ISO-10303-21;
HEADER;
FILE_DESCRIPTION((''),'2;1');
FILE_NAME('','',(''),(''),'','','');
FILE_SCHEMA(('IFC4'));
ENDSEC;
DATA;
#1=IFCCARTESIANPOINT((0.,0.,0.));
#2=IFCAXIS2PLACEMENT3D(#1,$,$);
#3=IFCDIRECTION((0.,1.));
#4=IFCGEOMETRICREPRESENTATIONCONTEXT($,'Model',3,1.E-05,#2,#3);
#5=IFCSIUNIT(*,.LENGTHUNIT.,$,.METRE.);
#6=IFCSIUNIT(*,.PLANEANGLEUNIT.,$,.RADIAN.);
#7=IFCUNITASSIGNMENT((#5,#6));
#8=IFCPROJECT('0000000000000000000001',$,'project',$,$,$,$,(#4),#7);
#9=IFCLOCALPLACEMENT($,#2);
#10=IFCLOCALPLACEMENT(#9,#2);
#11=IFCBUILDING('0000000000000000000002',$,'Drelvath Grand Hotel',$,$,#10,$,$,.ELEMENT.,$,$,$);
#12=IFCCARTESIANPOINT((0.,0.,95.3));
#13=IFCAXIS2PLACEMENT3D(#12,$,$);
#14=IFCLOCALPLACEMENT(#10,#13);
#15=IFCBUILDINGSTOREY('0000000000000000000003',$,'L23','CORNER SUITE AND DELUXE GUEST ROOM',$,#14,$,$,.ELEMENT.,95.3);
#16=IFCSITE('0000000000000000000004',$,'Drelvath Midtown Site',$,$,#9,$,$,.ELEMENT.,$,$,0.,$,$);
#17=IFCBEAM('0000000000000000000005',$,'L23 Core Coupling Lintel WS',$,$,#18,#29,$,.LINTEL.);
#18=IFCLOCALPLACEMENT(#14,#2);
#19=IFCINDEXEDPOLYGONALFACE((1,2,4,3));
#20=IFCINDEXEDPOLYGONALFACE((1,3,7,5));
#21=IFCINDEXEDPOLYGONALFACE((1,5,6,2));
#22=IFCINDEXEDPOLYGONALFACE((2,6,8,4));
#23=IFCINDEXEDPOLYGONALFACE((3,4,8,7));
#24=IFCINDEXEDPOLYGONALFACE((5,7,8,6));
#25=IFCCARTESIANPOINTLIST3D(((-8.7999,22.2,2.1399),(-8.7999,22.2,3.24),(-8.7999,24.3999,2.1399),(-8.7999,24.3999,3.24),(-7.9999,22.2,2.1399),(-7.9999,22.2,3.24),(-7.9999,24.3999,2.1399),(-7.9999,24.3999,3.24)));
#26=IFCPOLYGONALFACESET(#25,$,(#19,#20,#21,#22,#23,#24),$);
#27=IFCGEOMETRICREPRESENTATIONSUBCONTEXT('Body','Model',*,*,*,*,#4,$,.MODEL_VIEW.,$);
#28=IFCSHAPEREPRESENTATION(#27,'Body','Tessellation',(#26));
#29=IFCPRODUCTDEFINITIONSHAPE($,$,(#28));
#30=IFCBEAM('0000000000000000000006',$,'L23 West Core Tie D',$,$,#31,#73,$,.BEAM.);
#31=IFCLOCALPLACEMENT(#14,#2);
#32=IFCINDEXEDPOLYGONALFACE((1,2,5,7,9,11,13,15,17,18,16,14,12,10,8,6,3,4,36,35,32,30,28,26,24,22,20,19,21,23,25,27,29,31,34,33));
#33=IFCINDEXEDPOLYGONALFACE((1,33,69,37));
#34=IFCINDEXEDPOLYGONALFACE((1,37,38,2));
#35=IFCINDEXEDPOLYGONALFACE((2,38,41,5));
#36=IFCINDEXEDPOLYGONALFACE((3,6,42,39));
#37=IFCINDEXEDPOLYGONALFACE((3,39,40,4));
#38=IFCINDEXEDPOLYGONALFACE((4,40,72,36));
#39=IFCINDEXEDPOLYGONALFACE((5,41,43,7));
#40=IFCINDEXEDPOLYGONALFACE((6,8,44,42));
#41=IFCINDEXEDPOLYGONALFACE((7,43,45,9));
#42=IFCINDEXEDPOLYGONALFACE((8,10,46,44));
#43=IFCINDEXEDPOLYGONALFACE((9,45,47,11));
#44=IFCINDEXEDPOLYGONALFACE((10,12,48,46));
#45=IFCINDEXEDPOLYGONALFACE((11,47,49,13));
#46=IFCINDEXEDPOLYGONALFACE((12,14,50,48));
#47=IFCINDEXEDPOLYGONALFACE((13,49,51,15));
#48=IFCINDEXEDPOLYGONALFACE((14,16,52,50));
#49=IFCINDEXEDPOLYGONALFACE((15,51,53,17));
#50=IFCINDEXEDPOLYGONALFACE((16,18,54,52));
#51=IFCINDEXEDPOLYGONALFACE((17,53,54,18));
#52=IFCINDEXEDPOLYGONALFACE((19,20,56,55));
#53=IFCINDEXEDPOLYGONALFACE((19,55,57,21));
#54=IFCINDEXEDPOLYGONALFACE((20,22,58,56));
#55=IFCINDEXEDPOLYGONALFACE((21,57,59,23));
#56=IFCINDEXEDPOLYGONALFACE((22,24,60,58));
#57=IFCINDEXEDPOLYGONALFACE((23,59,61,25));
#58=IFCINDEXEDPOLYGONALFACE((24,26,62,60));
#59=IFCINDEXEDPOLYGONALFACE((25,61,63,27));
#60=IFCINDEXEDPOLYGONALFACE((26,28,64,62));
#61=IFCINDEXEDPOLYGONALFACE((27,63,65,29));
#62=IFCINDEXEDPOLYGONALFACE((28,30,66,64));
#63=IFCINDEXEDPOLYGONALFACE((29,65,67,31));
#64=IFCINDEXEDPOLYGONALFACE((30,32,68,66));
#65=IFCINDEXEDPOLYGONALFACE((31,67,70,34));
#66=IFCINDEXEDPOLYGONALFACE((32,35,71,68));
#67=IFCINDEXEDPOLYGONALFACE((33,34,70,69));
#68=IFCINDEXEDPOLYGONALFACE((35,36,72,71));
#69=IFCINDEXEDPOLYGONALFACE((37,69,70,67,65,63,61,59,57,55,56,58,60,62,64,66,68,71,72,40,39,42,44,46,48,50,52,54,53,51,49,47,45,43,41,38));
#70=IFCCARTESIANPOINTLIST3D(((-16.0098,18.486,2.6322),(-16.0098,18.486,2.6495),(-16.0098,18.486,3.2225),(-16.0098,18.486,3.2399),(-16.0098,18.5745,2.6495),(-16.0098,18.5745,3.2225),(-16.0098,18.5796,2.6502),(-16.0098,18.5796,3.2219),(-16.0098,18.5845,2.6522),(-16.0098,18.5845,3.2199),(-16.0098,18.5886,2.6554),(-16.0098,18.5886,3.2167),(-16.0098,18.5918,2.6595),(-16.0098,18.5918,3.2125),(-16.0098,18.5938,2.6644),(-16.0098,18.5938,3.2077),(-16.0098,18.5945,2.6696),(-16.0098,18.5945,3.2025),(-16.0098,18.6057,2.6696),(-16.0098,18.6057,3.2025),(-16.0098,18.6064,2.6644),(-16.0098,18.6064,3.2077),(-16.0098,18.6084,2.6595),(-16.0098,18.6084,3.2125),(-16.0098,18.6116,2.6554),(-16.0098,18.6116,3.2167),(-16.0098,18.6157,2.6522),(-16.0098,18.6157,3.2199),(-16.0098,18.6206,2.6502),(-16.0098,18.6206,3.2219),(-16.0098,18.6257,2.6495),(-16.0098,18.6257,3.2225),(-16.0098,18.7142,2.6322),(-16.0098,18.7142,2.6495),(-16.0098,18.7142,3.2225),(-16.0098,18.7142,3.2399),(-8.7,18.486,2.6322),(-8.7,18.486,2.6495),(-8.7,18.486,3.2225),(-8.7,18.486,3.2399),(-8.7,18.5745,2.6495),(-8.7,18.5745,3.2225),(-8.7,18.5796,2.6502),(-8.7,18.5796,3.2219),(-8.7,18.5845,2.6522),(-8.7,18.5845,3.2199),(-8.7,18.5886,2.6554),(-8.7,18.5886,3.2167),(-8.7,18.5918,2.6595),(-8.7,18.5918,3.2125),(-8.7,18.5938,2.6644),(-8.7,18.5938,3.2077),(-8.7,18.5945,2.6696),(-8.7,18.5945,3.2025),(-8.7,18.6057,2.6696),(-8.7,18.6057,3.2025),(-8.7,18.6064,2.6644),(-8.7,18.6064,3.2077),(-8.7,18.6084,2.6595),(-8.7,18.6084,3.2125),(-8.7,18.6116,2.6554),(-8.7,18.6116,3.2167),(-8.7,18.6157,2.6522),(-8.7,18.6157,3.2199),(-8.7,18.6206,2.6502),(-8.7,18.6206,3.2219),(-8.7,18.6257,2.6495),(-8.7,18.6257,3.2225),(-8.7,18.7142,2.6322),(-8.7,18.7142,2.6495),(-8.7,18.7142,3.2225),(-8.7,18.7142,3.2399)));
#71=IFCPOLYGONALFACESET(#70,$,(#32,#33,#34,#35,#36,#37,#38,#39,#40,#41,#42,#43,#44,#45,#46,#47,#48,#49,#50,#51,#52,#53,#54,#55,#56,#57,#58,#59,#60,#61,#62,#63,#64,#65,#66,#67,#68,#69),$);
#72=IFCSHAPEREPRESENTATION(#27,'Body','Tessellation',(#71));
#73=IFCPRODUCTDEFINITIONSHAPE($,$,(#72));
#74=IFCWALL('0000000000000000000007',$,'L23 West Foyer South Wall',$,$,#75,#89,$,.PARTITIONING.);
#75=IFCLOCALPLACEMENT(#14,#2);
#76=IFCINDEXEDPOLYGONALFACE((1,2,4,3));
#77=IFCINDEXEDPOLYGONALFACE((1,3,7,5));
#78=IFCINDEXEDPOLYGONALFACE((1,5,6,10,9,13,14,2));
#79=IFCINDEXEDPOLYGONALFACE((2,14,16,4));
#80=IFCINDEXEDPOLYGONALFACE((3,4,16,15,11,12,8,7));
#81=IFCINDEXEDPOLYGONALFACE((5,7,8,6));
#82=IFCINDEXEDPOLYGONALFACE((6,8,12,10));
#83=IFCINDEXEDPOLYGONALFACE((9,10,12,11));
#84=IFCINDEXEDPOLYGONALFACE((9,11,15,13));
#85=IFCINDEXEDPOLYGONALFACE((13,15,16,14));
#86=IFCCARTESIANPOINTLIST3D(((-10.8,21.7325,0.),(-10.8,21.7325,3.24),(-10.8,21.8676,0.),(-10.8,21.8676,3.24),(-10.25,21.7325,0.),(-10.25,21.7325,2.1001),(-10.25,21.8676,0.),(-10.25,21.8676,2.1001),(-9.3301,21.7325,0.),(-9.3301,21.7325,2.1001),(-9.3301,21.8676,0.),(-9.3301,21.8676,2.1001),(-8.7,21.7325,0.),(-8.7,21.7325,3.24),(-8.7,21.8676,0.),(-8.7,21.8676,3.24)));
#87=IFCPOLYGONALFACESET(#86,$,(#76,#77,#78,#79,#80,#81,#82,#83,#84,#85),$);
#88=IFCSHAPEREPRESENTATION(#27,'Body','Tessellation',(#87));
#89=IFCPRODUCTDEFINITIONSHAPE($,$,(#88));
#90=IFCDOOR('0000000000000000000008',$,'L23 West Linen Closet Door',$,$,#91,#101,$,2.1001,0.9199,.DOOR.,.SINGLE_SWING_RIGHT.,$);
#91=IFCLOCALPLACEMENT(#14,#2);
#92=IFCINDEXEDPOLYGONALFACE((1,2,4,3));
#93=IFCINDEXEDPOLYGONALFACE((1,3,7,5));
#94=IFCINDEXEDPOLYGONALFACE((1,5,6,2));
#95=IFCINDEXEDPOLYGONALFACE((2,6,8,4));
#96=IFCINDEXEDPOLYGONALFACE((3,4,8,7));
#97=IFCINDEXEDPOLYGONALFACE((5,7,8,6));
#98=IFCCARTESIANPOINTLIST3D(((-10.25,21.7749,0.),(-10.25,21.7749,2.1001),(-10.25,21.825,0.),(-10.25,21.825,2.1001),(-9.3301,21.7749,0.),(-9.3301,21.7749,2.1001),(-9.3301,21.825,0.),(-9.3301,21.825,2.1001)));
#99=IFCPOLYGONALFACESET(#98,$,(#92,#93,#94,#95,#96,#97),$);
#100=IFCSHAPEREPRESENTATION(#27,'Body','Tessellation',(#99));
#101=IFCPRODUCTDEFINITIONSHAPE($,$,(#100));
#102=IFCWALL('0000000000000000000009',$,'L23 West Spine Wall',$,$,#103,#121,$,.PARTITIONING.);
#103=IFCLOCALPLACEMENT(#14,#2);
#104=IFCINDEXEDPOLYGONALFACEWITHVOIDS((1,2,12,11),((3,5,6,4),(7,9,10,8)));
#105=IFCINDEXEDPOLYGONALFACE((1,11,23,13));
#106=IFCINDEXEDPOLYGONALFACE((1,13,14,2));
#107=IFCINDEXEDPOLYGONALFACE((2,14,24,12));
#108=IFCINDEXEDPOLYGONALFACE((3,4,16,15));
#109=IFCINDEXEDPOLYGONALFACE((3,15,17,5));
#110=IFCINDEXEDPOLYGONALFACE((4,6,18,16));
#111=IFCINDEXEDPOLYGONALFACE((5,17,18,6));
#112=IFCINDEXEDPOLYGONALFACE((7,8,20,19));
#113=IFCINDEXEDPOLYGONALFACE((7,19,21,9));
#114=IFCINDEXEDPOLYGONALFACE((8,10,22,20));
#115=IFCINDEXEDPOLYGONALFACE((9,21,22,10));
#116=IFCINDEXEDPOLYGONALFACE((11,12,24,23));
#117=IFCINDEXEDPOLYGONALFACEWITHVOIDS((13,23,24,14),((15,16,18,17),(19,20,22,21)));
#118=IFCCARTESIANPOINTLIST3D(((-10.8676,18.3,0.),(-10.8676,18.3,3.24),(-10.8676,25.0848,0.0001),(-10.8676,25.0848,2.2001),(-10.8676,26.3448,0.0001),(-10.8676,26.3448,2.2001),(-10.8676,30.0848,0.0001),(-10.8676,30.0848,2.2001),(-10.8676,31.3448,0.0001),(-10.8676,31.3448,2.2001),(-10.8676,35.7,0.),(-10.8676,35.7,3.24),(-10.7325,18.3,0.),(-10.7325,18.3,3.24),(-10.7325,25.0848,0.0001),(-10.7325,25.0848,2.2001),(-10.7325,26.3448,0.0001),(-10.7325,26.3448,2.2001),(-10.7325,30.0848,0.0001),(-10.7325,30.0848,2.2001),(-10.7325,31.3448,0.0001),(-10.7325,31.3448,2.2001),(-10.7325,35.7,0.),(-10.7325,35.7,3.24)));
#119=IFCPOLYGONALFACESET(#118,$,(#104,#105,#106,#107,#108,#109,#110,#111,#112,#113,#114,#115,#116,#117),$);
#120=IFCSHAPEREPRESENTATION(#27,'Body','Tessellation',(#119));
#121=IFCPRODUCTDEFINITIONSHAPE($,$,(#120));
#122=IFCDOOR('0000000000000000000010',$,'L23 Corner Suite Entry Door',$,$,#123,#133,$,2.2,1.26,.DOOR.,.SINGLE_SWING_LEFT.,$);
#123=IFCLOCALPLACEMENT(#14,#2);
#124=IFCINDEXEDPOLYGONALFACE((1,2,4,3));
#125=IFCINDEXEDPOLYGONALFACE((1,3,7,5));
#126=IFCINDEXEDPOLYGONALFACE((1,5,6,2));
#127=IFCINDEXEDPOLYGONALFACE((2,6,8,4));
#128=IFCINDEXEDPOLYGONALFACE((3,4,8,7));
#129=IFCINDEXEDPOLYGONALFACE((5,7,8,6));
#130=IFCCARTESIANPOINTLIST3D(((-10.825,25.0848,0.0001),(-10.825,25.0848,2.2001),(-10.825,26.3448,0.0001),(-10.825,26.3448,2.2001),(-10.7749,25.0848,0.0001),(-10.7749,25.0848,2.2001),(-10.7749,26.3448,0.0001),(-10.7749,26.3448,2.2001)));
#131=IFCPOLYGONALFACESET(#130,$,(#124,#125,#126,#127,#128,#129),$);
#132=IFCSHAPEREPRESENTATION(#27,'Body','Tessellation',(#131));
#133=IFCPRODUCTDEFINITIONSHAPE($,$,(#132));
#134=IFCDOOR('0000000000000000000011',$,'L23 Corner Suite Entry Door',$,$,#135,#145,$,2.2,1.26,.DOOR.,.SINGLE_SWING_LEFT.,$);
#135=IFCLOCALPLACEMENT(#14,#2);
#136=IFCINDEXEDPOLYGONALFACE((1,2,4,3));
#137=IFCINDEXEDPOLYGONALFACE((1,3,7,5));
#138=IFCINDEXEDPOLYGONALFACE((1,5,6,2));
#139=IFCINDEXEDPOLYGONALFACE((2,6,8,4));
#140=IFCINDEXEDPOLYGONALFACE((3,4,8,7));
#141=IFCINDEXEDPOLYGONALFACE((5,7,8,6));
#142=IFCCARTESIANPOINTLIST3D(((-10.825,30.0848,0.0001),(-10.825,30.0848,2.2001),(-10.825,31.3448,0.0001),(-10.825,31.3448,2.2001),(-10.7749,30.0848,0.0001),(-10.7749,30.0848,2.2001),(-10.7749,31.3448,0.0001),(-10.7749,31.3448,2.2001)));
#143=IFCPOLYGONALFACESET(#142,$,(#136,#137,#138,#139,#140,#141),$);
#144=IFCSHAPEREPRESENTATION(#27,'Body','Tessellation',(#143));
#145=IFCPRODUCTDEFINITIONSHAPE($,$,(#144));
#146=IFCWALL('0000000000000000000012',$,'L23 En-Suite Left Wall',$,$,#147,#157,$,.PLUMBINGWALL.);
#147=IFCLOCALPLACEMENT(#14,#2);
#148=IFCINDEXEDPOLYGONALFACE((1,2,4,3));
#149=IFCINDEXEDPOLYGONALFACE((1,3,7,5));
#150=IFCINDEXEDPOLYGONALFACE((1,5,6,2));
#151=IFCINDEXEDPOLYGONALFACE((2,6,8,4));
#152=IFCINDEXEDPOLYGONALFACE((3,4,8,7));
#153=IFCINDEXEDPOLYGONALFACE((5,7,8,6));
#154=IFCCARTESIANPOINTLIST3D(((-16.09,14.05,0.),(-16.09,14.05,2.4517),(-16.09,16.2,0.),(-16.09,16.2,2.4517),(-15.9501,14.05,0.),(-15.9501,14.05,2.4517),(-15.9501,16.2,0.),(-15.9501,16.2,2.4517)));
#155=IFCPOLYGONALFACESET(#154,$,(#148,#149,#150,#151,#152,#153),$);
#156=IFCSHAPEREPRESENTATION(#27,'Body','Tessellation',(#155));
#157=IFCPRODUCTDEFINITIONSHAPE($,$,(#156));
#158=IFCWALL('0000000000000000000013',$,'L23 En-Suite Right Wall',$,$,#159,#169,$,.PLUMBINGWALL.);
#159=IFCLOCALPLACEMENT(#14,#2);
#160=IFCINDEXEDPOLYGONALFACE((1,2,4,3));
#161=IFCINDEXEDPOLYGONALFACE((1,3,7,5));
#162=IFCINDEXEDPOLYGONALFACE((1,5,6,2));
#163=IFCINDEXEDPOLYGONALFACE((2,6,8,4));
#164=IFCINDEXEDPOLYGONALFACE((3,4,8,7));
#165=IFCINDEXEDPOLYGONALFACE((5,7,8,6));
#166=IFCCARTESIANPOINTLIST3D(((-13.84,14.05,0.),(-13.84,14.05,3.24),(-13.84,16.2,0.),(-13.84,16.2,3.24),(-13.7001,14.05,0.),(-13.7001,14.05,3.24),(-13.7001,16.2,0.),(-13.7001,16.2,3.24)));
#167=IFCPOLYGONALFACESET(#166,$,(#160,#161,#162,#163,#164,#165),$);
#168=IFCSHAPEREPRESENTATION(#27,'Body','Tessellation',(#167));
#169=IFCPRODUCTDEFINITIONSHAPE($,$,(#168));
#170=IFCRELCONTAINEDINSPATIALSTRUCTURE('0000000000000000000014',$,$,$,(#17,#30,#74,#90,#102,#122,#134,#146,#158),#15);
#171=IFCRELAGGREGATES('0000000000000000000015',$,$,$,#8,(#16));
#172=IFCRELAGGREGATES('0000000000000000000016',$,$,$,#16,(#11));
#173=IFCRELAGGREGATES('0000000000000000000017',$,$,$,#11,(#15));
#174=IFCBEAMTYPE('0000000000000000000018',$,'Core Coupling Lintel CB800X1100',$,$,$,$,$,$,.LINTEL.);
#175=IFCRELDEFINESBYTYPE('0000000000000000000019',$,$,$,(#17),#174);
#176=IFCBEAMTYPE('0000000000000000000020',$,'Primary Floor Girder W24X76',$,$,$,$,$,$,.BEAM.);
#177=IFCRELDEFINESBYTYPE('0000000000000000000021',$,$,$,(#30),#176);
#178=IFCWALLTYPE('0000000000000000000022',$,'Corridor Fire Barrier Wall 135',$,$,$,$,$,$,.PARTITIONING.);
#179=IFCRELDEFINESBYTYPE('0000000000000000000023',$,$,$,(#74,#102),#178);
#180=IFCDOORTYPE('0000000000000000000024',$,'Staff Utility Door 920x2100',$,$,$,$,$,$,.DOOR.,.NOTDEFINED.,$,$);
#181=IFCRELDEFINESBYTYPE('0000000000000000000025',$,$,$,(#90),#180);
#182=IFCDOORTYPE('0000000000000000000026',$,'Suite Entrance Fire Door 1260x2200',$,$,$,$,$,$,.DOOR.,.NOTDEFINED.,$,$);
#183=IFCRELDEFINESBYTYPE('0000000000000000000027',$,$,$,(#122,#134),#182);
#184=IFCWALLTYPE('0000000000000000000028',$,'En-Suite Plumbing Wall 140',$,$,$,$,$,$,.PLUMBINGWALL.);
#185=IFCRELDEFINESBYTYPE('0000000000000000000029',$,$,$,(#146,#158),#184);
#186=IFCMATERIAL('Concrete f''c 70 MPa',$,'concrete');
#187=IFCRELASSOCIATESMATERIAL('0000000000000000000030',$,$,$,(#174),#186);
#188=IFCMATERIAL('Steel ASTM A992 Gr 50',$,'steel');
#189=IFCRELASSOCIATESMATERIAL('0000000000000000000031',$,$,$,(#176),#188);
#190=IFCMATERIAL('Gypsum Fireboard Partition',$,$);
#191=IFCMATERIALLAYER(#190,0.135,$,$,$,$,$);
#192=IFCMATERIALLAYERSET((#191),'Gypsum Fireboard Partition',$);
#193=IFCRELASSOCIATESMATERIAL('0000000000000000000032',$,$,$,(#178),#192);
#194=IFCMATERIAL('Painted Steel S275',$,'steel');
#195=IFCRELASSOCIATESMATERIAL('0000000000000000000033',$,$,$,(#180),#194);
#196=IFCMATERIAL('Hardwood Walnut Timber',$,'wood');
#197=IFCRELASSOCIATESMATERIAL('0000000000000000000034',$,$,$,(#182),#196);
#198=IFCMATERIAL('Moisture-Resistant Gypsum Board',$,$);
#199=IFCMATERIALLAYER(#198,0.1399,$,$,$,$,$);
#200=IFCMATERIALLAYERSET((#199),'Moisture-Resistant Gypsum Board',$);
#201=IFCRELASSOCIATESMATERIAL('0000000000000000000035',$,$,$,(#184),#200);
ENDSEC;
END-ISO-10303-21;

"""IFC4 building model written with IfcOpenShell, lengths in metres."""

from ifc_helpers import new_model, si_unit, direction, frame, frame_2d, origin, origin_2d, place, context, subcontext, project, spatial, rectangle, i_section, extrude, material, layer, layer_set, material_profile, profile_set, type_object, element, fill, save


model = new_model("IFC4")

# Units and contexts
model_context = context("Model", 3, precision=1e-05, world=origin(), true_north=direction((0.0, 1.0)))
body_context = subcontext(model_context, "Body", "Model", "MODEL_VIEW")
ifc_project = project(units=[si_unit("LENGTHUNIT", "METRE"), si_unit("PLANEANGLEUNIT", "RADIAN")], contexts=[model_context])

# Site, building, storey
site_placement = place(None, origin())
site = spatial("IfcSite", under=ifc_project, at=site_placement, Name="Drelvath Midtown Site", CompositionType="ELEMENT", RefElevation=0.0)
building_placement = place(site_placement, origin())
building = spatial("IfcBuilding", under=site, at=building_placement, Name="Drelvath Grand Hotel", CompositionType="ELEMENT")
storey_placement = place(building_placement, frame((0.0, 0.0, 95.3)))
storey = spatial("IfcBuildingStorey", under=building, at=storey_placement, Name="L23", Description="CORNER SUITE AND DELUXE GUEST ROOM", CompositionType="ELEMENT", Elevation=95.3)

# Beams
ifc_material_1 = material(Name="Concrete f'c 70 MPa", Category="concrete")
ifc_material_profile_1 = material_profile(ifc_material_1, rectangle(XDim=0.8, YDim=1.1001, at=origin_2d()), Name="CB800X1100")
ifc_profile_set_1 = profile_set([ifc_material_profile_1], Name="Concrete f'c 70 MPa")
beam_type_1 = type_object("IfcBeamType", Name="Core Coupling Lintel CB800X1100", PredefinedType="LINTEL", material=ifc_profile_set_1)
beam_1_placement = place(storey_placement, frame((-8.3999, 22.2, 2.6899), z_axis=(0.0, 1.0, 0.0), x_axis=(-1.0, 0.0, 0.0)))
element("IfcBeam", 1, at=beam_1_placement, inside=storey, type_object=beam_type_1, Name="L23 Core Coupling Lintel WS", PredefinedType="LINTEL", context=body_context, shape_type="SweptSolid", body=[
    extrude(rectangle(XDim=0.8, YDim=1.1001, at=origin_2d()), origin(), (0.0, 0.0, 1.0), 2.2),
])
ifc_material_2 = material(Name="Steel ASTM A992 Gr 50", Category="steel")
ifc_material_profile_2 = material_profile(ifc_material_2, i_section(OverallWidth=0.2283, OverallDepth=0.6077, WebThickness=0.0112, FlangeThickness=0.0173, FilletRadius=0.02, at=origin_2d()), Name="W24X76")
ifc_profile_set_2 = profile_set([ifc_material_profile_2], Name="Steel ASTM A992 Gr 50")
beam_type_2 = type_object("IfcBeamType", Name="Primary Floor Girder W24X76", PredefinedType="BEAM", material=ifc_profile_set_2)
beam_2_placement = place(storey_placement, frame((-16.0098, 18.6001, 2.936), z_axis=(1.0, 0.0, 0.0), x_axis=(0.0, 1.0, 0.0)))
element("IfcBeam", 2, at=beam_2_placement, inside=storey, type_object=beam_type_2, Name="L23 West Core Tie D", PredefinedType="BEAM", context=body_context, shape_type="SweptSolid", body=[
    extrude(i_section(OverallWidth=0.2283, OverallDepth=0.6077, WebThickness=0.0112, FlangeThickness=0.0173, FilletRadius=0.02, at=origin_2d()), origin(), (0.0, 0.0, 1.0), 7.3098),
])

# Wall, opening, door
ifc_material_3 = material(Name="Gypsum Fireboard Partition")
ifc_layer_1 = layer(ifc_material_3, 0.135)
ifc_layer_set_1 = layer_set([ifc_layer_1], Name="Gypsum Fireboard Partition")
wall_type_1 = type_object("IfcWallType", Name="Corridor Fire Barrier Wall 135", PredefinedType="PARTITIONING", material=ifc_layer_set_1)
wall_1_placement = place(storey_placement, frame((-10.8, 21.8, 0.0), z_axis=(0.0, 0.0, 1.0), x_axis=(1.0, 0.0, 0.0)))
wall_1 = element("IfcWall", 3, at=wall_1_placement, inside=storey, type_object=wall_type_1, Name="L23 West Foyer South Wall", PredefinedType="PARTITIONING", context=body_context, shape_type="SweptSolid", body=[
    extrude(rectangle(XDim=2.1001, YDim=0.135, at=frame_2d((1.05, 0.0))), origin(), (0.0, 0.0, 1.0), 3.24),
])
opening_1_placement = place(wall_1_placement, frame((0.55, 0.0, 0.0)))
opening_1 = element("IfcOpeningElement", 4, at=opening_1_placement, cuts=wall_1, PredefinedType="OPENING", context=body_context, shape_type="SweptSolid", body=[
    extrude(rectangle(XDim=0.9199, YDim=2.1001, at=frame_2d((0.46, 1.05))), frame((0.0, 0.0774, 0.0), z_axis=(0.0, -1.0, 0.0), x_axis=(1.0, 0.0, 0.0)), (0.0, 0.0, 1.0), 0.155),
])
ifc_material_4 = material(Name="Painted Steel S275", Category="steel")
door_type_1 = type_object("IfcDoorType", Name="Staff Utility Door 920x2100", OperationType="NOTDEFINED", PredefinedType="DOOR", material=ifc_material_4)
door_1_placement = place(opening_1_placement, origin())
door_1 = element("IfcDoor", 5, at=door_1_placement, inside=storey, type_object=door_type_1, Name="L23 West Linen Closet Door", OperationType="SINGLE_SWING_RIGHT", OverallHeight=2.1001, OverallWidth=0.9199, PredefinedType="DOOR", context=body_context, shape_type="SweptSolid", body=[
    extrude(rectangle(XDim=0.9199, YDim=2.1001, at=frame_2d((0.46, 1.05))), frame((0.0, 0.0249, 0.0), z_axis=(0.0, -1.0, 0.0), x_axis=(1.0, 0.0, 0.0)), (0.0, 0.0, 1.0), 0.05),
])
fill(opening_1, door_1)

# Wall, openings, doors
wall_2_placement = place(storey_placement, frame((-10.8, 18.3, 0.0), z_axis=(0.0, 0.0, 1.0), x_axis=(0.0, 1.0, 0.0)))
wall_2 = element("IfcWall", 6, at=wall_2_placement, inside=storey, type_object=wall_type_1, Name="L23 West Spine Wall", PredefinedType="PARTITIONING", context=body_context, shape_type="SweptSolid", body=[
    extrude(rectangle(XDim=17.3999, YDim=0.135, at=frame_2d((8.7, 0.0))), origin(), (0.0, 0.0, 1.0), 3.24),
])
opening_2_placement = place(wall_2_placement, frame((6.7849, 0.0, 0.0)))
opening_2 = element("IfcOpeningElement", 7, at=opening_2_placement, cuts=wall_2, PredefinedType="OPENING", context=body_context, shape_type="SweptSolid", body=[
    extrude(rectangle(XDim=1.26, YDim=2.2, at=frame_2d((0.6299, 1.1001))), frame((0.0, 0.0774, 0.0), z_axis=(0.0, -1.0, 0.0), x_axis=(1.0, 0.0, 0.0)), (0.0, 0.0, 1.0), 0.155),
])
opening_3_placement = place(wall_2_placement, frame((11.7849, 0.0, 0.0)))
opening_3 = element("IfcOpeningElement", 8, at=opening_3_placement, cuts=wall_2, PredefinedType="OPENING", context=body_context, shape_type="SweptSolid", body=[
    extrude(rectangle(XDim=1.26, YDim=2.2, at=frame_2d((0.6299, 1.1001))), frame((0.0, 0.0774, 0.0), z_axis=(0.0, -1.0, 0.0), x_axis=(1.0, 0.0, 0.0)), (0.0, 0.0, 1.0), 0.155),
])
ifc_material_5 = material(Name="Hardwood Walnut Timber", Category="wood")
door_type_2 = type_object("IfcDoorType", Name="Suite Entrance Fire Door 1260x2200", OperationType="NOTDEFINED", PredefinedType="DOOR", material=ifc_material_5)
door_2_placement = place(opening_2_placement, origin())
door_2 = element("IfcDoor", 9, at=door_2_placement, inside=storey, type_object=door_type_2, Name="L23 Corner Suite Entry Door", OperationType="SINGLE_SWING_LEFT", OverallHeight=2.2, OverallWidth=1.26, PredefinedType="DOOR", context=body_context, shape_type="SweptSolid", body=[
    extrude(rectangle(XDim=1.26, YDim=2.2, at=frame_2d((0.6299, 1.1001))), frame((0.0, 0.0249, 0.0), z_axis=(0.0, -1.0, 0.0), x_axis=(1.0, 0.0, 0.0)), (0.0, 0.0, 1.0), 0.05),
])
fill(opening_2, door_2)
door_3_placement = place(opening_3_placement, origin())
door_3 = element("IfcDoor", 10, at=door_3_placement, inside=storey, type_object=door_type_2, Name="L23 Corner Suite Entry Door", OperationType="SINGLE_SWING_LEFT", OverallHeight=2.2, OverallWidth=1.26, PredefinedType="DOOR", context=body_context, shape_type="SweptSolid", body=[
    extrude(rectangle(XDim=1.26, YDim=2.2, at=frame_2d((0.6299, 1.1001))), frame((0.0, 0.0249, 0.0), z_axis=(0.0, -1.0, 0.0), x_axis=(1.0, 0.0, 0.0)), (0.0, 0.0, 1.0), 0.05),
])
fill(opening_3, door_3)

# Walls
ifc_material_6 = material(Name="Moisture-Resistant Gypsum Board")
ifc_layer_2 = layer(ifc_material_6, 0.1399)
ifc_layer_set_2 = layer_set([ifc_layer_2], Name="Moisture-Resistant Gypsum Board")
wall_type_2 = type_object("IfcWallType", Name="En-Suite Plumbing Wall 140", PredefinedType="PLUMBINGWALL", material=ifc_layer_set_2)
wall_3_placement = place(storey_placement, frame((-16.02, 16.2, 0.0), z_axis=(0.0, 0.0, 1.0), x_axis=(0.0, -1.0, 0.0)))
element("IfcWall", 11, at=wall_3_placement, inside=storey, type_object=wall_type_2, Name="L23 En-Suite Left Wall", PredefinedType="PLUMBINGWALL", context=body_context, shape_type="SweptSolid", body=[
    extrude(rectangle(XDim=2.1499, YDim=0.1399, at=frame_2d((1.075, 0.0))), origin(), (0.0, 0.0, 1.0), 2.4517),
])
for number, where, z_axis, x_axis, name in (
    (12, (-13.77, 16.2, 0.0), (0.0, 0.0, 1.0), (0.0, -1.0, 0.0), "L23 En-Suite Right Wall"),
):
    element("IfcWall", number, at=place(storey_placement, frame(where, z_axis=z_axis, x_axis=x_axis)), inside=storey, type_object=wall_type_2, Name=name, PredefinedType="PLUMBINGWALL", context=body_context, shape_type="SweptSolid", body=[
        extrude(rectangle(XDim=2.1499, YDim=0.1399, at=frame_2d((1.075, 0.0))), origin(), (0.0, 0.0, 1.0), 3.24),
    ])

save(model, "model.ifc")
